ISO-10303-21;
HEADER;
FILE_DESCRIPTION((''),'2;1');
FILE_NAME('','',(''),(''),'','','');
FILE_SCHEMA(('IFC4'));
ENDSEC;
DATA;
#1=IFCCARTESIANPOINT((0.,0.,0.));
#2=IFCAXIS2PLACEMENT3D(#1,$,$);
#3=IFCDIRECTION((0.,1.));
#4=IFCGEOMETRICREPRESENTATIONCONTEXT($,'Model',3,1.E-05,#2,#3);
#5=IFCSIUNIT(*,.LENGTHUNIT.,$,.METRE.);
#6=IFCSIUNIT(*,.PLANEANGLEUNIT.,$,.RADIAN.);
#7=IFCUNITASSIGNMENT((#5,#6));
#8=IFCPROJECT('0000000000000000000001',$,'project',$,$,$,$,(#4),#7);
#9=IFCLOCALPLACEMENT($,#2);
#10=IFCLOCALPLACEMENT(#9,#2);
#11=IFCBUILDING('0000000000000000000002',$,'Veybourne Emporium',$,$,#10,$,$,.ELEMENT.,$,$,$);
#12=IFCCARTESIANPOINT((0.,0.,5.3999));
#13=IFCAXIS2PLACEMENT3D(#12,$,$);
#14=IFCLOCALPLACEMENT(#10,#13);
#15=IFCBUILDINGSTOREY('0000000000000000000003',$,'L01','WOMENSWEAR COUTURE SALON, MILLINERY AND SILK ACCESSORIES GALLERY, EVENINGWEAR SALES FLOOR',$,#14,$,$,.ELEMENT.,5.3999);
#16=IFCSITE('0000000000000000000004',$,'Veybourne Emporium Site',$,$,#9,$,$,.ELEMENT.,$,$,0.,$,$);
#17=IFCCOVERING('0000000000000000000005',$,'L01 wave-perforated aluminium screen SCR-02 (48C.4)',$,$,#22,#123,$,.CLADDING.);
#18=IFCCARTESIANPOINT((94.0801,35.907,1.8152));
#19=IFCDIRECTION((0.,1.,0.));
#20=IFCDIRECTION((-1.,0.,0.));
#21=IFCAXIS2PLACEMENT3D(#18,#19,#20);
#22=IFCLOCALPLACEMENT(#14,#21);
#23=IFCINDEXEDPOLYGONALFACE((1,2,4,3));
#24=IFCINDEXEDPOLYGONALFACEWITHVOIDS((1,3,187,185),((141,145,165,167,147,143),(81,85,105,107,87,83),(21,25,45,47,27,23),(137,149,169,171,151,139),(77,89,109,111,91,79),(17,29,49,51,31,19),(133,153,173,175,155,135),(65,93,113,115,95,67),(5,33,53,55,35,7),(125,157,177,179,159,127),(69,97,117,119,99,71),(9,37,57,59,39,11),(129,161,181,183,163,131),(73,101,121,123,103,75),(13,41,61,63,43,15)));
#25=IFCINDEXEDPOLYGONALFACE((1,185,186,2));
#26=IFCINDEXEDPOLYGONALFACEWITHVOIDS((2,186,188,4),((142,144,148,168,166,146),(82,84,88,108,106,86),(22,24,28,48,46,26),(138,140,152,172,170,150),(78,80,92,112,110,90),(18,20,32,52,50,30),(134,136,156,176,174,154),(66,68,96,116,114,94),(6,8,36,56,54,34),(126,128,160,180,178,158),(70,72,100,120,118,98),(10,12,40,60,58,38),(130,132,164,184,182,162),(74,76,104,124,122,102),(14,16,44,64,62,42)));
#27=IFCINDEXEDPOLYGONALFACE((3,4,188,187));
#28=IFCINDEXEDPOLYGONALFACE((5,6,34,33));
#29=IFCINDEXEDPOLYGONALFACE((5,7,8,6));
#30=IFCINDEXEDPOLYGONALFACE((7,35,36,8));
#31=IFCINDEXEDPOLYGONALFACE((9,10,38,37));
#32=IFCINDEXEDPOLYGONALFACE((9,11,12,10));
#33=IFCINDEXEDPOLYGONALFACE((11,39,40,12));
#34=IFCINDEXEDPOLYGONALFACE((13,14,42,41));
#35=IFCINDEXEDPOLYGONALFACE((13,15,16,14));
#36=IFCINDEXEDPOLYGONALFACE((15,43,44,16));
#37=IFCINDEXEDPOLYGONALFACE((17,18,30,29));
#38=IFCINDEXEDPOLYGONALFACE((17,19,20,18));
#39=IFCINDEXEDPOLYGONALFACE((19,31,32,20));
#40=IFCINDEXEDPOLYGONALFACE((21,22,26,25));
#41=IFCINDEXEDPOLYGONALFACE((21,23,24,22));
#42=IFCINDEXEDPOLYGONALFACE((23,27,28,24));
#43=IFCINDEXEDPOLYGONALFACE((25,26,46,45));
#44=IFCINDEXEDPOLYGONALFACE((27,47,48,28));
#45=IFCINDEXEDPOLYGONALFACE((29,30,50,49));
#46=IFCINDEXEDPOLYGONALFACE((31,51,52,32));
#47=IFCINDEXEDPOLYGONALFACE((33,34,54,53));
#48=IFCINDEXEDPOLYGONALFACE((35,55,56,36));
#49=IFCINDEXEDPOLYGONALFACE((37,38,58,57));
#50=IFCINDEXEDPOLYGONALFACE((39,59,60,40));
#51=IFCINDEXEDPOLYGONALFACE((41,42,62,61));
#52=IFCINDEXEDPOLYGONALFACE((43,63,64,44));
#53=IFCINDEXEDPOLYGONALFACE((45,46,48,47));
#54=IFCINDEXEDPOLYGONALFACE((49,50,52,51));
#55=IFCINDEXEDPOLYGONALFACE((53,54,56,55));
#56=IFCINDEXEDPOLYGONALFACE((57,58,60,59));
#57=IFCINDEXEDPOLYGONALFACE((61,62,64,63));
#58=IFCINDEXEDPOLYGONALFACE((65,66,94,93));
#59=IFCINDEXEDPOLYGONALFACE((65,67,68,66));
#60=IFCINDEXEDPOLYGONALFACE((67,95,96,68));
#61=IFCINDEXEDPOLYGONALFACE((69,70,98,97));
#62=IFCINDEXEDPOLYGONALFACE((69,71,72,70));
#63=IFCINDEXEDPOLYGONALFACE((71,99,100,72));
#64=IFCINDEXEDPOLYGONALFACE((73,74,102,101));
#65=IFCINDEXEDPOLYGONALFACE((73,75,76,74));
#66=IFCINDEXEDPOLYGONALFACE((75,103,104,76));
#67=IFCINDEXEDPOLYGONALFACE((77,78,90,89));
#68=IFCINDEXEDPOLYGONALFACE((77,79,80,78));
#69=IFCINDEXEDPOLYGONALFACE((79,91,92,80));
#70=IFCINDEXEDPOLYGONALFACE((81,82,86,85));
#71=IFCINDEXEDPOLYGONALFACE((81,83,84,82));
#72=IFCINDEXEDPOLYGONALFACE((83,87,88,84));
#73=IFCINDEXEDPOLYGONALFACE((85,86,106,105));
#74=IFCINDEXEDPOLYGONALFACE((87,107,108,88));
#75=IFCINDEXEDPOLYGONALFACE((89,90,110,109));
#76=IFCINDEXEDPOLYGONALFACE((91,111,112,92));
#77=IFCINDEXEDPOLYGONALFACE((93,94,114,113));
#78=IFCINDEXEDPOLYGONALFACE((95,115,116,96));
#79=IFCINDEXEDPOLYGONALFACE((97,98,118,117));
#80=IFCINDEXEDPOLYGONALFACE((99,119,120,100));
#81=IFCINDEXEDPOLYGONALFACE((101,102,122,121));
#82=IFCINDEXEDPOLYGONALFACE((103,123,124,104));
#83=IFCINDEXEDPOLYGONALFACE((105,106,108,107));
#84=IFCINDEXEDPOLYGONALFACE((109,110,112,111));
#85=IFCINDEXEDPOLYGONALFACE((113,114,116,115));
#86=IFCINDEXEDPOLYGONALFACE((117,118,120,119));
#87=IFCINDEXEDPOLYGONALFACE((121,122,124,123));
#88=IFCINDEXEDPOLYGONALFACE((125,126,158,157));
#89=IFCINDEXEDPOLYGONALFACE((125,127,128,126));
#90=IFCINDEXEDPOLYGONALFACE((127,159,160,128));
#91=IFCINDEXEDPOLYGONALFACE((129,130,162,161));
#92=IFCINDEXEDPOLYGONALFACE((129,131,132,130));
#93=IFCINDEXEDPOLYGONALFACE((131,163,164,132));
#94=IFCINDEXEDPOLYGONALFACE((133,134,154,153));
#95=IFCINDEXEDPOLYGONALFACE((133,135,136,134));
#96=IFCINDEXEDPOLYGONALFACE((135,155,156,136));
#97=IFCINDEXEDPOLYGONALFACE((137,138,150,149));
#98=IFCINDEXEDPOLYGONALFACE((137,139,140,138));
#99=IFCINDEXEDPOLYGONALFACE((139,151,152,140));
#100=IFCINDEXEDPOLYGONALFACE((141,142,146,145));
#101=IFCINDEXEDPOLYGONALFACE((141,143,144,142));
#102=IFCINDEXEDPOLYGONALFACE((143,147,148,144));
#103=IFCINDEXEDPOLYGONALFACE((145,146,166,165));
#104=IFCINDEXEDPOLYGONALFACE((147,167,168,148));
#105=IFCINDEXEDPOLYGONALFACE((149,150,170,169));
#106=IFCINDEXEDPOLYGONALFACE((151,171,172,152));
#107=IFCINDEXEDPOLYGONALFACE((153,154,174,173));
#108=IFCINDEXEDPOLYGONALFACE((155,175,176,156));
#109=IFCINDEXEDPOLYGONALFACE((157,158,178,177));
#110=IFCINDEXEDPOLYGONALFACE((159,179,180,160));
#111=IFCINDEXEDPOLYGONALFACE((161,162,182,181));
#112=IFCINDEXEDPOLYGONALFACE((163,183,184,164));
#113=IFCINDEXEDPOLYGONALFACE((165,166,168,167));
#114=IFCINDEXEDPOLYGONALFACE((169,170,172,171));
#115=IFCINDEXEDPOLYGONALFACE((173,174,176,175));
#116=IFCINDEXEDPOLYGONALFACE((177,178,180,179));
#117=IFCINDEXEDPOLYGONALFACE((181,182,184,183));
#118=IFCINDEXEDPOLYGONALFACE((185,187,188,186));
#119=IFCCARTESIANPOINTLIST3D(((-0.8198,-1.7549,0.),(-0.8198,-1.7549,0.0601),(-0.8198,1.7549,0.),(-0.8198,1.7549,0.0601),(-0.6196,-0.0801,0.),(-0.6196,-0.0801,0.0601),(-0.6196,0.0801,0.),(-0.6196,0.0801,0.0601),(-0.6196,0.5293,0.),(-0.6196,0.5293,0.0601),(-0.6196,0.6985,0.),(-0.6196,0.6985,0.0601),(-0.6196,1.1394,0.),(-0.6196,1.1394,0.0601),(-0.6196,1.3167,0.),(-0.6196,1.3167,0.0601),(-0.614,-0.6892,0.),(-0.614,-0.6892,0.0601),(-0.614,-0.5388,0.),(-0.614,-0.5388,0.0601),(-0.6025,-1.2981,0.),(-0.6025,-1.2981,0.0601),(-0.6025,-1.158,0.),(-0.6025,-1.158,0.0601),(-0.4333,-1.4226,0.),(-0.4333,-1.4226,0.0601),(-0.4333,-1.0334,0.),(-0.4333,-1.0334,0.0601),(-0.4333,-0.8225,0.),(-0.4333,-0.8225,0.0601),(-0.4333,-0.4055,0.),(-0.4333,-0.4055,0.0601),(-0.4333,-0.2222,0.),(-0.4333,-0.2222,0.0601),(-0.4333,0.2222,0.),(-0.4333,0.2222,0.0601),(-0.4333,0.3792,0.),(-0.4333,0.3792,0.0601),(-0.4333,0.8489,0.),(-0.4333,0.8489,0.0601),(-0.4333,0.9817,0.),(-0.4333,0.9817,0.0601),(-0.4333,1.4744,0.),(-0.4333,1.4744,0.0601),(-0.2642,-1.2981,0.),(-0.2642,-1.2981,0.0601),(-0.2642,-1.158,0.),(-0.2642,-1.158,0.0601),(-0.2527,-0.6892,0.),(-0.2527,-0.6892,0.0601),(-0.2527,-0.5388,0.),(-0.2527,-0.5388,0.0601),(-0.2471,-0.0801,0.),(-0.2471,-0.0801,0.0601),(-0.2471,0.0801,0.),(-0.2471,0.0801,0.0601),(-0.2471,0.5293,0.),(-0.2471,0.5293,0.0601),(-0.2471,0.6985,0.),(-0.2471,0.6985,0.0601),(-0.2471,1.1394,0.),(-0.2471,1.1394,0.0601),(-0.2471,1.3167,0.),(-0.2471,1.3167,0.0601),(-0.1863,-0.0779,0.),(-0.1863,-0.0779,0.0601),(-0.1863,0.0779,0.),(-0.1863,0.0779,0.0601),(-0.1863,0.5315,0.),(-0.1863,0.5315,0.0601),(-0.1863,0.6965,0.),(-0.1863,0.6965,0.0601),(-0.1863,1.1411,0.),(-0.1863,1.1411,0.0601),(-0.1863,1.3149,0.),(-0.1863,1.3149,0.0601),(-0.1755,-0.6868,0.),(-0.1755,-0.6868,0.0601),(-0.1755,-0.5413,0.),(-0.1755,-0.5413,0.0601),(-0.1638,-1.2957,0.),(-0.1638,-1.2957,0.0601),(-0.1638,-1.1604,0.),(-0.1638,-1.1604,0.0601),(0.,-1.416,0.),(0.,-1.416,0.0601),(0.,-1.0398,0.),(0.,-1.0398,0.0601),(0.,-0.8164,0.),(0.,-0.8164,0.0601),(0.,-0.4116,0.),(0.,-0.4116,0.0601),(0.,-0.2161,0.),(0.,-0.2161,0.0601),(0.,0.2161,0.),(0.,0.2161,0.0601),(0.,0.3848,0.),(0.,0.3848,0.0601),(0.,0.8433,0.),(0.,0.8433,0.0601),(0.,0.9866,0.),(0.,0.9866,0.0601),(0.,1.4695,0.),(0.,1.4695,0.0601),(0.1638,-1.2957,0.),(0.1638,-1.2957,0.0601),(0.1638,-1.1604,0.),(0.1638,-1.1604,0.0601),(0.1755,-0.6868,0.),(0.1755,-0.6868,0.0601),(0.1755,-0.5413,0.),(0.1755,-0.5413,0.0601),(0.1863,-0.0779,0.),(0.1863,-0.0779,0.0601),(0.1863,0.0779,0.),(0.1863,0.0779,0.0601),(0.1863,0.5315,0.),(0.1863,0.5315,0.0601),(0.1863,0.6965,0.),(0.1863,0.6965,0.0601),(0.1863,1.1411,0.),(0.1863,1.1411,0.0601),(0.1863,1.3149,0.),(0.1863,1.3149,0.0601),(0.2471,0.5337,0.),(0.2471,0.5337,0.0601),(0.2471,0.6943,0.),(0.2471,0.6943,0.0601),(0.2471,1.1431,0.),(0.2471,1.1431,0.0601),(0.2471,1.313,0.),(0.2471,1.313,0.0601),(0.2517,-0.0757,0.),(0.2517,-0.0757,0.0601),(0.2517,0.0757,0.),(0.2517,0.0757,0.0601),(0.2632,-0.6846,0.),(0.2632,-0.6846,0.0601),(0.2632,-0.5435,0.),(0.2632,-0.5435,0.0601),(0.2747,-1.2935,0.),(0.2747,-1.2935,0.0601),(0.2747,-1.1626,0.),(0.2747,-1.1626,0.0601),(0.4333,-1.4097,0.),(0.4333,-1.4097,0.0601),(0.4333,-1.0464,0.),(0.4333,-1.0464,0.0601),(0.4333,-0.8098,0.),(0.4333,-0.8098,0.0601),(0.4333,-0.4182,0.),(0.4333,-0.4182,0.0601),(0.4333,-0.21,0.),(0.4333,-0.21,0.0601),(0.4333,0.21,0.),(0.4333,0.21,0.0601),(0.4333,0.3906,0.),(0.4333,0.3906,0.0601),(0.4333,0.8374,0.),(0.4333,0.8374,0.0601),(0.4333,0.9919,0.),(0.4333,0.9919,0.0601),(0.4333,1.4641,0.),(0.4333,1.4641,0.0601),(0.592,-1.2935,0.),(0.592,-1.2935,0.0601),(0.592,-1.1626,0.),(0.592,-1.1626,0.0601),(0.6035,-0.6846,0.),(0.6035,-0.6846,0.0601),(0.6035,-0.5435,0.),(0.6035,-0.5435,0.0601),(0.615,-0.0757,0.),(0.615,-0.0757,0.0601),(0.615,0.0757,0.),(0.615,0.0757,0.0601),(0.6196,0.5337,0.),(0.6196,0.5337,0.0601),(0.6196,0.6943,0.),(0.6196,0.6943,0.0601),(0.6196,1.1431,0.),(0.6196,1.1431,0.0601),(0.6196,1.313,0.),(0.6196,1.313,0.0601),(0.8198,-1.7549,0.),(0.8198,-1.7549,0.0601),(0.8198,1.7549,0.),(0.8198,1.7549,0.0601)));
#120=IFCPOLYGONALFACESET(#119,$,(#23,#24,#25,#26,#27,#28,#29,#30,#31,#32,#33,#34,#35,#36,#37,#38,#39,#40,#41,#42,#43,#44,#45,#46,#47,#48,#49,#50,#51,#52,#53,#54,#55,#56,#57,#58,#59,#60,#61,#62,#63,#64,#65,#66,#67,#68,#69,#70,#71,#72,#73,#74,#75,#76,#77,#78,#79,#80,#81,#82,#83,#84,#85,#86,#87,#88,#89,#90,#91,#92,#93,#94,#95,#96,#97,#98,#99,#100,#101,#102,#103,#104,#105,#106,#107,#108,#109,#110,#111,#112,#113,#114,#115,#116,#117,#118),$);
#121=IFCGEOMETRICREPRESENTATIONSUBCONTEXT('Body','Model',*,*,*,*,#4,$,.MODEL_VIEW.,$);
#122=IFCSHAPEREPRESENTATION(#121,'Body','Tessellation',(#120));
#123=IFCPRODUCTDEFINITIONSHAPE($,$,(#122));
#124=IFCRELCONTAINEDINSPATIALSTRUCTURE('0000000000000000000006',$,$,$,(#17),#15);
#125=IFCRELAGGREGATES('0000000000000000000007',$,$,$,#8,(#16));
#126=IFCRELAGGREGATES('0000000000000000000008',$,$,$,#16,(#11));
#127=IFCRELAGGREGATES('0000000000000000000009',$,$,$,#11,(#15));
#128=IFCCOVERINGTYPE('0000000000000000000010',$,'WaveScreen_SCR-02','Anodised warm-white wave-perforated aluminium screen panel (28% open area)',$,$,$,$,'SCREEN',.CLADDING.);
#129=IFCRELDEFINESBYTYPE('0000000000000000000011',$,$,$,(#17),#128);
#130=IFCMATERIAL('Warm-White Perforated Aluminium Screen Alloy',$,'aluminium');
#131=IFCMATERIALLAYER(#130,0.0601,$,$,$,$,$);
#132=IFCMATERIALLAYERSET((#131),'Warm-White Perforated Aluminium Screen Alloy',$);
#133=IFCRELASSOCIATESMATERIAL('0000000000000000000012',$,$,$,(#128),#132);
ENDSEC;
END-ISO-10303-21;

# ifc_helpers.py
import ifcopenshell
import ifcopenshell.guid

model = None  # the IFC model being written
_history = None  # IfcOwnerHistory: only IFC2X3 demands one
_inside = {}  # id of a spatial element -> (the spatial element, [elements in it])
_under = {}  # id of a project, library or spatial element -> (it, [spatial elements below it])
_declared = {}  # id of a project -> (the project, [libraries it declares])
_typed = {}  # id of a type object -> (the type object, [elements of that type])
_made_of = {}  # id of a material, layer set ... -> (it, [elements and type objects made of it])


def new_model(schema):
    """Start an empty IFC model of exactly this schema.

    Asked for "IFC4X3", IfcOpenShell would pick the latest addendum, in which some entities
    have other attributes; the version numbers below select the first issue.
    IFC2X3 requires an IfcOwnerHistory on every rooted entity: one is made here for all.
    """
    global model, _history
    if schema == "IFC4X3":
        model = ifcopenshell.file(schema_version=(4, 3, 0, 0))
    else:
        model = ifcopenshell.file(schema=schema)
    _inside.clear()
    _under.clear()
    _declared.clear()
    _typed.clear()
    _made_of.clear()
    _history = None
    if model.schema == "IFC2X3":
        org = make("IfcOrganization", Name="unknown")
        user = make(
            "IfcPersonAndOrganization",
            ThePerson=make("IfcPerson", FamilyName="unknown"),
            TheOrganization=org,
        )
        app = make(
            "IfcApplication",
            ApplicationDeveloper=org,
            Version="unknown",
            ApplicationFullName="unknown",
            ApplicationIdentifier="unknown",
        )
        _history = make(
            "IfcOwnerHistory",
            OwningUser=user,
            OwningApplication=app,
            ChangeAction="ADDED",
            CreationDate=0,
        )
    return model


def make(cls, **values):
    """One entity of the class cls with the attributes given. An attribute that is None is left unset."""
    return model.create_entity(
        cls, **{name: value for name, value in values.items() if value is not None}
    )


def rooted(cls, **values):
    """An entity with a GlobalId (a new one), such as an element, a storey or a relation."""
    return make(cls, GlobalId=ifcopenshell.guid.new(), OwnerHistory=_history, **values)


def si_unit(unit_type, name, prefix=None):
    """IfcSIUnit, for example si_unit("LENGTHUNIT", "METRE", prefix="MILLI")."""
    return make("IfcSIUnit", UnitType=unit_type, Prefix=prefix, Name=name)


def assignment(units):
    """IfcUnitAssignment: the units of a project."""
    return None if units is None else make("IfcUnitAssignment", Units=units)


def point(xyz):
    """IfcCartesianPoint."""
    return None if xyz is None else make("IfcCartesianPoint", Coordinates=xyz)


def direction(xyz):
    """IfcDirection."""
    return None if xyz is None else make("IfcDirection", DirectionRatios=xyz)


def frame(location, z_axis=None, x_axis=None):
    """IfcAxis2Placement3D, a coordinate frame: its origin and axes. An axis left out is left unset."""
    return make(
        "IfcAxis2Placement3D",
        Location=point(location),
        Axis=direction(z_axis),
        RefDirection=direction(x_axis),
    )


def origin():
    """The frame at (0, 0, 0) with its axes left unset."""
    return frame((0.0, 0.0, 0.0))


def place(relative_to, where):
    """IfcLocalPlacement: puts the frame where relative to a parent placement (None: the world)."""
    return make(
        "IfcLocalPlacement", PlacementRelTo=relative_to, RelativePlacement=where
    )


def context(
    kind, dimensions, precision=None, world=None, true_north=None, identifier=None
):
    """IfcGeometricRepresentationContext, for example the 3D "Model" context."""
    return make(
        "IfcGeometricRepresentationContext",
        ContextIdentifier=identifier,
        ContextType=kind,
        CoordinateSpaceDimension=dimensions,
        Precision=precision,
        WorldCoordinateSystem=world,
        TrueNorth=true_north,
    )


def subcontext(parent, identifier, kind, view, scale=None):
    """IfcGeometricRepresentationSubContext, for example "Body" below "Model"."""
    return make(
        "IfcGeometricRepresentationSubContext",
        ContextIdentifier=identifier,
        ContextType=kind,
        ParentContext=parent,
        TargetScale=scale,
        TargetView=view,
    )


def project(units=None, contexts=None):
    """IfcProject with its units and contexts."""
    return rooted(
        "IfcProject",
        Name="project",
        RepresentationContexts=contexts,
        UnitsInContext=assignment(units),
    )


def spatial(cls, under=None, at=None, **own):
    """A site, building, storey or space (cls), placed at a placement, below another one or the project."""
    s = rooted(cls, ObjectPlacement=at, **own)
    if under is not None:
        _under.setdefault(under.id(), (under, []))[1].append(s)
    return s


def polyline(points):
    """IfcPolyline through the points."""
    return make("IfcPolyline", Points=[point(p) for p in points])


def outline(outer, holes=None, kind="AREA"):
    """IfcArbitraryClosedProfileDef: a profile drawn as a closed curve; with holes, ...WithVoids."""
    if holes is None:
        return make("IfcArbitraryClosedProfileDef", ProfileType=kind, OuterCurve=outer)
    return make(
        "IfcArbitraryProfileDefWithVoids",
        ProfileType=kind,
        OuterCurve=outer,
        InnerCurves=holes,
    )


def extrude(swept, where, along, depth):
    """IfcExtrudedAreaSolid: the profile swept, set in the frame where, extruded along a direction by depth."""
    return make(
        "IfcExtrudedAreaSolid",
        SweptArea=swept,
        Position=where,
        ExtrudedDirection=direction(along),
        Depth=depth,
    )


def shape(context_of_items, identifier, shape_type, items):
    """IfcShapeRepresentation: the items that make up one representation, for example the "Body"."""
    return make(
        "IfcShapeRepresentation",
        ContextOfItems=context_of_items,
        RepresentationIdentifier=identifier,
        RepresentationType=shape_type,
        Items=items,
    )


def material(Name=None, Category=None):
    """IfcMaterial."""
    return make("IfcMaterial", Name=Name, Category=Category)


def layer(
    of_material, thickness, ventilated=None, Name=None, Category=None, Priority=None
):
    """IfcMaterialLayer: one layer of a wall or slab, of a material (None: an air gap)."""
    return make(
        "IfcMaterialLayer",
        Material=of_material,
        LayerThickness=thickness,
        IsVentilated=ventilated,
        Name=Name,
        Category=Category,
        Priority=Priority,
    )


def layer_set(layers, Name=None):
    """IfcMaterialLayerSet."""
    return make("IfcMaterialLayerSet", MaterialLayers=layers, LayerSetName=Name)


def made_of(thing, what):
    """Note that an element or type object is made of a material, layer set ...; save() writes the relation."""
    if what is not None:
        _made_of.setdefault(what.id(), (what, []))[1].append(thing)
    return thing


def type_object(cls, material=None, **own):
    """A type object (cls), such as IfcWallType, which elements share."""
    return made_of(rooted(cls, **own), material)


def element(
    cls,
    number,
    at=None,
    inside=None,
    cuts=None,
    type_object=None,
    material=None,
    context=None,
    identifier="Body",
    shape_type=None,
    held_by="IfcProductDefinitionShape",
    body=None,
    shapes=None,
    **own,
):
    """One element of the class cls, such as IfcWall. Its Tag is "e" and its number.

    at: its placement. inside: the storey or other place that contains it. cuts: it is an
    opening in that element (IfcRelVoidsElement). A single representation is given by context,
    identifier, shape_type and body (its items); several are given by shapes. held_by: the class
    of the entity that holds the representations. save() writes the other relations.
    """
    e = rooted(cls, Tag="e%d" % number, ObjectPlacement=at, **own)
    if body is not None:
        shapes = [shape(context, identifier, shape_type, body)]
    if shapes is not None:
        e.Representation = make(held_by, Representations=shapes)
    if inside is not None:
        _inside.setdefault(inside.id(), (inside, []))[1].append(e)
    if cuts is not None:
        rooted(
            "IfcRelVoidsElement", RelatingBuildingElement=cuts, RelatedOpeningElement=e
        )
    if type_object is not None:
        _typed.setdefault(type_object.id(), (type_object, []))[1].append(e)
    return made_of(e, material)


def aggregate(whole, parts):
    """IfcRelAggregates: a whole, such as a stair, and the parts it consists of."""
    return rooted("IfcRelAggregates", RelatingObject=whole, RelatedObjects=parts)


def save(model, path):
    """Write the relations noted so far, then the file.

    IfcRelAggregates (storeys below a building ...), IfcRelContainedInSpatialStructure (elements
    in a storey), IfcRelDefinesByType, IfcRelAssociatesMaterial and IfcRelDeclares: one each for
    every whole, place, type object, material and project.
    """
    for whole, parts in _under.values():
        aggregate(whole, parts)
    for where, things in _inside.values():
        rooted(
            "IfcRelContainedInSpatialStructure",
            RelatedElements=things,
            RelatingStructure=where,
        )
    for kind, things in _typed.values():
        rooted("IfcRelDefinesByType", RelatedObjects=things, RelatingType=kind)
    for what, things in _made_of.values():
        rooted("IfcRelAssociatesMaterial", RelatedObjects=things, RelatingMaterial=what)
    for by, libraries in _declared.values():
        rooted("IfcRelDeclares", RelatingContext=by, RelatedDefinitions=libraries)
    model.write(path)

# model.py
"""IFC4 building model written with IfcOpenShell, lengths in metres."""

from ifc_helpers import new_model, si_unit, direction, frame, origin, place, context, subcontext, project, spatial, polyline, outline, extrude, material, layer, layer_set, type_object, element, save


model = new_model("IFC4")

# Units and contexts
model_context = context("Model", 3, precision=1e-05, world=origin(), true_north=direction((0.0, 1.0)))
body_context = subcontext(model_context, "Body", "Model", "MODEL_VIEW")
ifc_project = project(units=[si_unit("LENGTHUNIT", "METRE"), si_unit("PLANEANGLEUNIT", "RADIAN")], contexts=[model_context])

# Site, building, storey
site_placement = place(None, origin())
site = spatial("IfcSite", under=ifc_project, at=site_placement, Name="Veybourne Emporium Site", CompositionType="ELEMENT", RefElevation=0.0)
building_placement = place(site_placement, origin())
building = spatial("IfcBuilding", under=site, at=building_placement, Name="Veybourne Emporium", CompositionType="ELEMENT")
storey_placement = place(building_placement, frame((0.0, 0.0, 5.3999)))
storey = spatial("IfcBuildingStorey", under=building, at=storey_placement, Name="L01", Description="WOMENSWEAR COUTURE SALON, MILLINERY AND SILK ACCESSORIES GALLERY, EVENINGWEAR SALES FLOOR", CompositionType="ELEMENT", Elevation=5.3999)

# Covering
ifc_material_1 = material(Name="Warm-White Perforated Aluminium Screen Alloy", Category="aluminium")
ifc_layer_1 = layer(ifc_material_1, 0.0601)
ifc_layer_set_1 = layer_set([ifc_layer_1], Name="Warm-White Perforated Aluminium Screen Alloy")
covering_type_1 = type_object("IfcCoveringType", Name="WaveScreen_SCR-02", Description="Anodised warm-white wave-perforated aluminium screen panel (28% open area)", ElementType="SCREEN", PredefinedType="CLADDING", material=ifc_layer_set_1)
covering_1_placement = place(storey_placement, frame((94.0801, 35.907, 1.8152), z_axis=(0.0, 1.0, 0.0), x_axis=(-1.0, 0.0, 0.0)))
element("IfcCovering", 1, at=covering_1_placement, inside=storey, type_object=covering_type_1, Name="L01 wave-perforated aluminium screen SCR-02 (48C.4)", PredefinedType="CLADDING", context=body_context, shape_type="SweptSolid", body=[
    extrude(outline(polyline([(-0.8198, -1.7549), (0.8198, -1.7549), (0.8198, 1.7549), (-0.8198, 1.7549), (-0.8198, -1.7549)]), holes=[polyline([(-0.4333, -1.0334), (-0.2642, -1.158), (-0.2642, -1.2981), (-0.4333, -1.4226), (-0.6025, -1.2981), (-0.6025, -1.158), (-0.4333, -1.0334)]), polyline([(-0.4333, -0.4055), (-0.2527, -0.5388), (-0.2527, -0.6892), (-0.4333, -0.8225), (-0.614, -0.6892), (-0.614, -0.5388), (-0.4333, -0.4055)]), polyline([(-0.4333, 0.2222), (-0.2471, 0.0801), (-0.2471, -0.0801), (-0.4333, -0.2222), (-0.6196, -0.0801), (-0.6196, 0.0801), (-0.4333, 0.2222)]), polyline([(-0.4333, 0.8489), (-0.2471, 0.6985), (-0.2471, 0.5293), (-0.4333, 0.3792), (-0.6196, 0.5293), (-0.6196, 0.6985), (-0.4333, 0.8489)]), polyline([(-0.4333, 1.4744), (-0.2471, 1.3167), (-0.2471, 1.1394), (-0.4333, 0.9817), (-0.6196, 1.1394), (-0.6196, 1.3167), (-0.4333, 1.4744)]), polyline([(0.0, -1.0398), (0.1638, -1.1604), (0.1638, -1.2957), (0.0, -1.416), (-0.1638, -1.2957), (-0.1638, -1.1604), (0.0, -1.0398)]), polyline([(0.0, -0.4116), (0.1755, -0.5413), (0.1755, -0.6868), (0.0, -0.8164), (-0.1755, -0.6868), (-0.1755, -0.5413), (0.0, -0.4116)]), polyline([(0.0, 0.2161), (0.1863, 0.0779), (0.1863, -0.0779), (0.0, -0.2161), (-0.1863, -0.0779), (-0.1863, 0.0779), (0.0, 0.2161)]), polyline([(0.0, 0.8433), (0.1863, 0.6965), (0.1863, 0.5315), (0.0, 0.3848), (-0.1863, 0.5315), (-0.1863, 0.6965), (0.0, 0.8433)]), polyline([(0.0, 1.4695), (0.1863, 1.3149), (0.1863, 1.1411), (0.0, 0.9866), (-0.1863, 1.1411), (-0.1863, 1.3149), (0.0, 1.4695)]), polyline([(0.4333, -1.0464), (0.592, -1.1626), (0.592, -1.2935), (0.4333, -1.4097), (0.2747, -1.2935), (0.2747, -1.1626), (0.4333, -1.0464)]), polyline([(0.4333, -0.4182), (0.6035, -0.5435), (0.6035, -0.6846), (0.4333, -0.8098), (0.2632, -0.6846), (0.2632, -0.5435), (0.4333, -0.4182)]), polyline([(0.4333, 0.21), (0.615, 0.0757), (0.615, -0.0757), (0.4333, -0.21), (0.2517, -0.0757), (0.2517, 0.0757), (0.4333, 0.21)]), polyline([(0.4333, 0.8374), (0.6196, 0.6943), (0.6196, 0.5337), (0.4333, 0.3906), (0.2471, 0.5337), (0.2471, 0.6943), (0.4333, 0.8374)]), polyline([(0.4333, 1.4641), (0.6196, 1.313), (0.6196, 1.1431), (0.4333, 0.9919), (0.2471, 1.1431), (0.2471, 1.313), (0.4333, 1.4641)])]), origin(), (0.0, 0.0, 1.0), 0.0601),
])

save(model, "model.ifc")
